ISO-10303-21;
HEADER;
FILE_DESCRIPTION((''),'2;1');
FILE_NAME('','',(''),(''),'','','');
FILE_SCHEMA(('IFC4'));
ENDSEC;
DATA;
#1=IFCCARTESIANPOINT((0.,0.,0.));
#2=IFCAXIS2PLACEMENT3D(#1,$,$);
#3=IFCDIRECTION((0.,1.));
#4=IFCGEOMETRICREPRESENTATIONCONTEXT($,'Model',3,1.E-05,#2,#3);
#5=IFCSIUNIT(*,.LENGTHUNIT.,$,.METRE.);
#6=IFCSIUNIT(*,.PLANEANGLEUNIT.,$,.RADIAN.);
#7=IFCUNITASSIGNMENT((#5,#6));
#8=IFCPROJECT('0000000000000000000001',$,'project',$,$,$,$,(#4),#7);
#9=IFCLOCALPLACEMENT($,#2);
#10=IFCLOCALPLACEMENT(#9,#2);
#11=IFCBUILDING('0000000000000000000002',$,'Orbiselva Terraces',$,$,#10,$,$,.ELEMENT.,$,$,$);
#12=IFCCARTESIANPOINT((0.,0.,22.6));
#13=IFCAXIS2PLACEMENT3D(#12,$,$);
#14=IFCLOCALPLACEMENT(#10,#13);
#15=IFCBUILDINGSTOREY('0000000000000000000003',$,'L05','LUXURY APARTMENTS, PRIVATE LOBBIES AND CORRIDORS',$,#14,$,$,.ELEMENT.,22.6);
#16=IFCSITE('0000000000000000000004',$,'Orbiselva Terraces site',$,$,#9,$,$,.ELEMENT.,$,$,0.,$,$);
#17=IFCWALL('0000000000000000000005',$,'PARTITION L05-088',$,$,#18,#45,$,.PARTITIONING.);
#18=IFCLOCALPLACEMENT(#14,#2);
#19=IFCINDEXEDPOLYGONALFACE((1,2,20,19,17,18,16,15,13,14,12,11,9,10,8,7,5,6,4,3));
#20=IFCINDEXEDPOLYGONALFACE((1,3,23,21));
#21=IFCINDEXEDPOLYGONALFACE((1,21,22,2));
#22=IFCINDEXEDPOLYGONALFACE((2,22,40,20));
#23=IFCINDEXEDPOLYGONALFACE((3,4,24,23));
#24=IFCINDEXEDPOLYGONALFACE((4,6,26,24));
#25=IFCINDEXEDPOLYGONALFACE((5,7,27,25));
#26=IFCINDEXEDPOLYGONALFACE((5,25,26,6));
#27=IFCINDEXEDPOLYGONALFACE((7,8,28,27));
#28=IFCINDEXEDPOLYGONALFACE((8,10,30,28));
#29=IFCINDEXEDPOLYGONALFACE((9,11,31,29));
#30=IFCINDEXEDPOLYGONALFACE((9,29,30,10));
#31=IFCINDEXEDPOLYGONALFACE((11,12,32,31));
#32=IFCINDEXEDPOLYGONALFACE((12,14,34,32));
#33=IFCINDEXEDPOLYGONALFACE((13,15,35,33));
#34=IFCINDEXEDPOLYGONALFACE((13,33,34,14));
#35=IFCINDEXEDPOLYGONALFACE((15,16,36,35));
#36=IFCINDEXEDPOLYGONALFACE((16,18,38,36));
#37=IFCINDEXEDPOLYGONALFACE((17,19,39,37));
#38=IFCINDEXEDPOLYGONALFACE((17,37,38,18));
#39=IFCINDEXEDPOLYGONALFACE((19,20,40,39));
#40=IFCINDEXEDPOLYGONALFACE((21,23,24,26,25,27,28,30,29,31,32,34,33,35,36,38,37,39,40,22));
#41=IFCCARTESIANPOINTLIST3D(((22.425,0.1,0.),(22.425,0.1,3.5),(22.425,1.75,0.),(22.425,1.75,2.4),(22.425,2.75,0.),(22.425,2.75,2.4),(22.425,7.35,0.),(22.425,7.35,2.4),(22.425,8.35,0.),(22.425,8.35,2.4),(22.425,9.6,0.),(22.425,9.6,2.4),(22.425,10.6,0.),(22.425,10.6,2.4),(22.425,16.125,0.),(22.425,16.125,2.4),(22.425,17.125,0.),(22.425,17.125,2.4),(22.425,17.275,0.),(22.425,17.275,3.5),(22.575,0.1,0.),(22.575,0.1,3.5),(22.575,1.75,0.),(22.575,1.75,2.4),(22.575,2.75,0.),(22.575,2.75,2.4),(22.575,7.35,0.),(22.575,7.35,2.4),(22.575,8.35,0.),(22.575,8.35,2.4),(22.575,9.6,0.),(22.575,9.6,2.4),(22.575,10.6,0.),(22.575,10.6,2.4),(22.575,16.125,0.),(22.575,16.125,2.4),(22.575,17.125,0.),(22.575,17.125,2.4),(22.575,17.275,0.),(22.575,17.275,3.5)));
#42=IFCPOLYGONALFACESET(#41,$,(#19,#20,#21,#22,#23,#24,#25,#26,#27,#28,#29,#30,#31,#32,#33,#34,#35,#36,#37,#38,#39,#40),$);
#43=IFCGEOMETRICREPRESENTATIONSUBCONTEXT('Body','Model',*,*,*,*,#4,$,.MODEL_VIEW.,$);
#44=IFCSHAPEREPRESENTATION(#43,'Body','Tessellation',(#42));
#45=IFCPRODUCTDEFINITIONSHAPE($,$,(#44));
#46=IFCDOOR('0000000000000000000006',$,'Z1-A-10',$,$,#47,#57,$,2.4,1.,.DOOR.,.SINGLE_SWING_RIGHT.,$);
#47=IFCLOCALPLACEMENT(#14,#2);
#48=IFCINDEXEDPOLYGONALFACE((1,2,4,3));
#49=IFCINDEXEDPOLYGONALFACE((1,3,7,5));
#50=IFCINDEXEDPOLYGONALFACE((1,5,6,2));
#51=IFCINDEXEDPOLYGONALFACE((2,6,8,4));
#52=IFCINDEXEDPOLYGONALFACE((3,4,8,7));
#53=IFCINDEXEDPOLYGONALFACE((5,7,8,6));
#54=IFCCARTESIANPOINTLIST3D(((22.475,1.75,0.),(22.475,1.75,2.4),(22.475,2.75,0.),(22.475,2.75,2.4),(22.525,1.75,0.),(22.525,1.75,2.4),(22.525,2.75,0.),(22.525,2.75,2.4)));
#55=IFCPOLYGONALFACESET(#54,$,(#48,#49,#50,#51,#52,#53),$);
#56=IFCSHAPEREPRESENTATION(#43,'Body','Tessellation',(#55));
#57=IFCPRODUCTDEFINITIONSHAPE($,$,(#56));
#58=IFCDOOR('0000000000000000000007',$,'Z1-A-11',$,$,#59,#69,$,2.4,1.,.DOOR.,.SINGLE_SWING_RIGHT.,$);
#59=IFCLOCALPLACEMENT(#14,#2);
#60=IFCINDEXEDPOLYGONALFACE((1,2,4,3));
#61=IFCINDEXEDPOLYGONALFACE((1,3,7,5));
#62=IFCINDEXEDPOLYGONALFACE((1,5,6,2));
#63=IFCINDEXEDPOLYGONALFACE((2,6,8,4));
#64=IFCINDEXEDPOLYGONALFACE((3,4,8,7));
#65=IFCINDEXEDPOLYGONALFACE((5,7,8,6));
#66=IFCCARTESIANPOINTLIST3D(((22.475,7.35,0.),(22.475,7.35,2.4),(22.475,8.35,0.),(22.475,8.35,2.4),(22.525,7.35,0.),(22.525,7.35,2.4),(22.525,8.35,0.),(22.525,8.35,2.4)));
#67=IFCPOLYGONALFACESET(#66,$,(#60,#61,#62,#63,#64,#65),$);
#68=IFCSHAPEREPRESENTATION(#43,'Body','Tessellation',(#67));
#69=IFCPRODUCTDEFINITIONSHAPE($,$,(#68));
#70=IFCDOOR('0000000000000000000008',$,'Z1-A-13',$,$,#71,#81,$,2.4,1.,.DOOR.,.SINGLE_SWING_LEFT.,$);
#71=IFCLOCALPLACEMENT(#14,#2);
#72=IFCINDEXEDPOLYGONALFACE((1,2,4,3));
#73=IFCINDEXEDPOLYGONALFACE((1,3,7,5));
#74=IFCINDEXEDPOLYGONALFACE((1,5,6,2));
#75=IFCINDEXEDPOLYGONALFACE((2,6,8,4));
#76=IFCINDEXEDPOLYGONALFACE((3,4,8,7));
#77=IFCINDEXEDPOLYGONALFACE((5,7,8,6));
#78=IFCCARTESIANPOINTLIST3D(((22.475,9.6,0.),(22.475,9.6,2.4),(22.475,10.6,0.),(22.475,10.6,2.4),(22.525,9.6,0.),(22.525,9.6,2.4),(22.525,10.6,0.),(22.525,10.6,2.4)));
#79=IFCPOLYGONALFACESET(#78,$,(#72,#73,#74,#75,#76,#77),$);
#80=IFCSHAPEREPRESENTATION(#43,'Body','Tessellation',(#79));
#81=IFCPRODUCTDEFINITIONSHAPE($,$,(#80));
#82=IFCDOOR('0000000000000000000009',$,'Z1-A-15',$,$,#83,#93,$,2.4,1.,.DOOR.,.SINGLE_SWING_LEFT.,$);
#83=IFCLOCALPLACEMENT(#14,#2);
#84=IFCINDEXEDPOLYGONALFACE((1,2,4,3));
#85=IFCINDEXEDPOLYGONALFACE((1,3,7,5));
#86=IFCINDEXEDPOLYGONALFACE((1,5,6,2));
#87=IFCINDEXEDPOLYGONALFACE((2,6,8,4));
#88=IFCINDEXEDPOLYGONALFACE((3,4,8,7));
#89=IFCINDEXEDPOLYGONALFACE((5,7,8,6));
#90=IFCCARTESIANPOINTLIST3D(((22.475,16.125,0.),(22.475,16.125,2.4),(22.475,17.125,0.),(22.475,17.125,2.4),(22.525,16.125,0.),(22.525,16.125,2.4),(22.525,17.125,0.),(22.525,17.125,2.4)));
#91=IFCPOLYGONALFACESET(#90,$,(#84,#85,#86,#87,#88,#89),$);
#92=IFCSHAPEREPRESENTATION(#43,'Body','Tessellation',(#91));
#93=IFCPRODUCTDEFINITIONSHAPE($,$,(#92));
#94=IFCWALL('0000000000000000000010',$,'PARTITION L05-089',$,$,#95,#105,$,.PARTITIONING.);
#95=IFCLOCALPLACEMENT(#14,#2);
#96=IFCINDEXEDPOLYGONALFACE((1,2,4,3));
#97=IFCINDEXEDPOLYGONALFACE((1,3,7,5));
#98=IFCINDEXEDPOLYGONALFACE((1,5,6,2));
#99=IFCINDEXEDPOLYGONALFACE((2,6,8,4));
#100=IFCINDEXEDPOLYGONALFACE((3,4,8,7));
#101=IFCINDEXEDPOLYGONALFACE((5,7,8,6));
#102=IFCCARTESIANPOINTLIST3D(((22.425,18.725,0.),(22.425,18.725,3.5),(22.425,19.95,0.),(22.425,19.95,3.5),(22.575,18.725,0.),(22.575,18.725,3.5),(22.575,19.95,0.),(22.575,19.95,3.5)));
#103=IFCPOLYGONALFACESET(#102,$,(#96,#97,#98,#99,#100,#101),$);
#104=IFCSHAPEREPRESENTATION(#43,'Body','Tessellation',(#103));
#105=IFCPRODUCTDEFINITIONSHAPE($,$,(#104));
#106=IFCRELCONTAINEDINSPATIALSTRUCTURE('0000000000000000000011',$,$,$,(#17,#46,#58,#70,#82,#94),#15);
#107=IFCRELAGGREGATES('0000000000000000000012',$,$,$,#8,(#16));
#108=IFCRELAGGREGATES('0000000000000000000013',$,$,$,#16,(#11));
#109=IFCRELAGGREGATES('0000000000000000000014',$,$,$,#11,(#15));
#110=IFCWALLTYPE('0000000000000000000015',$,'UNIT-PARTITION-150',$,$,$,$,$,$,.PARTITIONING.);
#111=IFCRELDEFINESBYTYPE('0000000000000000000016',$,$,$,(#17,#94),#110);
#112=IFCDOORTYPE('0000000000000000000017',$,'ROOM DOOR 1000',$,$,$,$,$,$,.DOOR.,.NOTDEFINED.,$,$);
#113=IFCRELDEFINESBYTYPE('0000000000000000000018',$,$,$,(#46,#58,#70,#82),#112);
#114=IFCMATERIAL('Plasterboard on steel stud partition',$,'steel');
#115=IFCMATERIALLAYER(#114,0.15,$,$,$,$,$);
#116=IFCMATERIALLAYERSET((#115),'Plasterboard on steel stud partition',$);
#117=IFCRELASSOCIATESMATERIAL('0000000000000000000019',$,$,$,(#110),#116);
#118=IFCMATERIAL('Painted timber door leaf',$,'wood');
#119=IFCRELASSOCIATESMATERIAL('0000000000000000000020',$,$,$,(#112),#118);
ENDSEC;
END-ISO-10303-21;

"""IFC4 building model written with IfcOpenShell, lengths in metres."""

from ifc_helpers import new_model, si_unit, direction, frame, frame_2d, origin, place, context, subcontext, project, spatial, rectangle, extrude, material, layer, layer_set, type_object, element, fill, save


model = new_model("IFC4")

# Units and contexts
model_context = context("Model", 3, precision=1e-05, world=origin(), true_north=direction((0.0, 1.0)))
body_context = subcontext(model_context, "Body", "Model", "MODEL_VIEW")
ifc_project = project(units=[si_unit("LENGTHUNIT", "METRE"), si_unit("PLANEANGLEUNIT", "RADIAN")], contexts=[model_context])

# Site, building, storey
site_placement = place(None, origin())
site = spatial("IfcSite", under=ifc_project, at=site_placement, Name="Orbiselva Terraces site", CompositionType="ELEMENT", RefElevation=0.0)
building_placement = place(site_placement, origin())
building = spatial("IfcBuilding", under=site, at=building_placement, Name="Orbiselva Terraces", CompositionType="ELEMENT")
storey_placement = place(building_placement, frame((0.0, 0.0, 22.6)))
storey = spatial("IfcBuildingStorey", under=building, at=storey_placement, Name="L05", Description="LUXURY APARTMENTS, PRIVATE LOBBIES AND CORRIDORS", CompositionType="ELEMENT", Elevation=22.6)

# Shared definitions
ifc_material_1 = material(Name="Plasterboard on steel stud partition", Category="steel")
ifc_material_2 = material(Name="Painted timber door leaf", Category="wood")
ifc_layer_1 = layer(ifc_material_1, 0.15)
ifc_layer_set_1 = layer_set([ifc_layer_1], Name="Plasterboard on steel stud partition")
wall_type_1 = type_object("IfcWallType", Name="UNIT-PARTITION-150", PredefinedType="PARTITIONING", material=ifc_layer_set_1)

# Wall, openings, doors
wall_1_placement = place(storey_placement, frame((22.5, 17.275, 0.0), z_axis=(0.0, 0.0, 1.0), x_axis=(0.0, -1.0, 0.0)))
wall_1 = element("IfcWall", 1, at=wall_1_placement, inside=storey, type_object=wall_type_1, Name="PARTITION L05-088", PredefinedType="PARTITIONING", context=body_context, shape_type="SweptSolid", body=[
    extrude(rectangle(XDim=17.175, YDim=0.15, at=frame_2d((8.5875, 0.0))), origin(), (0.0, 0.0, 1.0), 3.5),
])
opening_1_placement = place(wall_1_placement, frame((14.525, 0.0, 0.0)))
opening_1 = element("IfcOpeningElement", 2, at=opening_1_placement, cuts=wall_1, PredefinedType="OPENING", context=body_context, shape_type="SweptSolid", body=[
    extrude(rectangle(XDim=1.0, YDim=2.4, at=frame_2d((0.5, 1.2))), frame((0.0, 0.085, 0.0), z_axis=(0.0, -1.0, 0.0), x_axis=(1.0, 0.0, 0.0)), (0.0, 0.0, 1.0), 0.17),
])
opening_2_placement = place(wall_1_placement, frame((8.925, 0.0, 0.0)))
opening_2 = element("IfcOpeningElement", 3, at=opening_2_placement, cuts=wall_1, PredefinedType="OPENING", context=body_context, shape_type="SweptSolid", body=[
    extrude(rectangle(XDim=1.0, YDim=2.4, at=frame_2d((0.5, 1.2))), frame((0.0, 0.085, 0.0), z_axis=(0.0, -1.0, 0.0), x_axis=(1.0, 0.0, 0.0)), (0.0, 0.0, 1.0), 0.17),
])
opening_3_placement = place(wall_1_placement, frame((6.675, 0.0, 0.0)))
opening_3 = element("IfcOpeningElement", 4, at=opening_3_placement, cuts=wall_1, PredefinedType="OPENING", context=body_context, shape_type="SweptSolid", body=[
    extrude(rectangle(XDim=1.0, YDim=2.4, at=frame_2d((0.5, 1.2))), frame((0.0, 0.085, 0.0), z_axis=(0.0, -1.0, 0.0), x_axis=(1.0, 0.0, 0.0)), (0.0, 0.0, 1.0), 0.17),
])
opening_4_placement = place(wall_1_placement, frame((0.15, 0.0, 0.0)))
opening_4 = element("IfcOpeningElement", 5, at=opening_4_placement, cuts=wall_1, PredefinedType="OPENING", context=body_context, shape_type="SweptSolid", body=[
    extrude(rectangle(XDim=1.0, YDim=2.4, at=frame_2d((0.5, 1.2))), frame((0.0, 0.085, 0.0), z_axis=(0.0, -1.0, 0.0), x_axis=(1.0, 0.0, 0.0)), (0.0, 0.0, 1.0), 0.17),
])
door_type_1 = type_object("IfcDoorType", Name="ROOM DOOR 1000", OperationType="NOTDEFINED", PredefinedType="DOOR", material=ifc_material_2)
door_1_placement = place(opening_1_placement, origin())
door_1 = element("IfcDoor", 6, at=door_1_placement, inside=storey, type_object=door_type_1, Name="Z1-A-10", OperationType="SINGLE_SWING_RIGHT", OverallHeight=2.4, OverallWidth=1.0, PredefinedType="DOOR", context=body_context, shape_type="SweptSolid", body=[
    extrude(rectangle(XDim=1.0, YDim=2.4, at=frame_2d((0.5, 1.2))), frame((0.0, 0.025, 0.0), z_axis=(0.0, -1.0, 0.0), x_axis=(1.0, 0.0, 0.0)), (0.0, 0.0, 1.0), 0.05),
])
fill(opening_1, door_1)
door_2_placement = place(opening_2_placement, origin())
door_2 = element("IfcDoor", 7, at=door_2_placement, inside=storey, type_object=door_type_1, Name="Z1-A-11", OperationType="SINGLE_SWING_RIGHT", OverallHeight=2.4, OverallWidth=1.0, PredefinedType="DOOR", context=body_context, shape_type="SweptSolid", body=[
    extrude(rectangle(XDim=1.0, YDim=2.4, at=frame_2d((0.5, 1.2))), frame((0.0, 0.025, 0.0), z_axis=(0.0, -1.0, 0.0), x_axis=(1.0, 0.0, 0.0)), (0.0, 0.0, 1.0), 0.05),
])
fill(opening_2, door_2)
door_3_placement = place(opening_3_placement, origin())
door_3 = element("IfcDoor", 8, at=door_3_placement, inside=storey, type_object=door_type_1, Name="Z1-A-13", OperationType="SINGLE_SWING_LEFT", OverallHeight=2.4, OverallWidth=1.0, PredefinedType="DOOR", context=body_context, shape_type="SweptSolid", body=[
    extrude(rectangle(XDim=1.0, YDim=2.4, at=frame_2d((0.5, 1.2))), frame((0.0, 0.025, 0.0), z_axis=(0.0, -1.0, 0.0), x_axis=(1.0, 0.0, 0.0)), (0.0, 0.0, 1.0), 0.05),
])
fill(opening_3, door_3)
door_4_placement = place(opening_4_placement, origin())
door_4 = element("IfcDoor", 9, at=door_4_placement, inside=storey, type_object=door_type_1, Name="Z1-A-15", OperationType="SINGLE_SWING_LEFT", OverallHeight=2.4, OverallWidth=1.0, PredefinedType="DOOR", context=body_context, shape_type="SweptSolid", body=[
    extrude(rectangle(XDim=1.0, YDim=2.4, at=frame_2d((0.5, 1.2))), frame((0.0, 0.025, 0.0), z_axis=(0.0, -1.0, 0.0), x_axis=(1.0, 0.0, 0.0)), (0.0, 0.0, 1.0), 0.05),
])
fill(opening_4, door_4)

# Wall
wall_2_placement = place(storey_placement, frame((22.5, 18.725, 0.0), z_axis=(0.0, 0.0, 1.0), x_axis=(0.0, 1.0, 0.0)))
element("IfcWall", 10, at=wall_2_placement, inside=storey, type_object=wall_type_1, Name="PARTITION L05-089", PredefinedType="PARTITIONING", context=body_context, shape_type="SweptSolid", body=[
    extrude(rectangle(XDim=1.225, YDim=0.15, at=frame_2d((0.6125, 0.0))), origin(), (0.0, 0.0, 1.0), 3.5),
])

save(model, "model.ifc")
